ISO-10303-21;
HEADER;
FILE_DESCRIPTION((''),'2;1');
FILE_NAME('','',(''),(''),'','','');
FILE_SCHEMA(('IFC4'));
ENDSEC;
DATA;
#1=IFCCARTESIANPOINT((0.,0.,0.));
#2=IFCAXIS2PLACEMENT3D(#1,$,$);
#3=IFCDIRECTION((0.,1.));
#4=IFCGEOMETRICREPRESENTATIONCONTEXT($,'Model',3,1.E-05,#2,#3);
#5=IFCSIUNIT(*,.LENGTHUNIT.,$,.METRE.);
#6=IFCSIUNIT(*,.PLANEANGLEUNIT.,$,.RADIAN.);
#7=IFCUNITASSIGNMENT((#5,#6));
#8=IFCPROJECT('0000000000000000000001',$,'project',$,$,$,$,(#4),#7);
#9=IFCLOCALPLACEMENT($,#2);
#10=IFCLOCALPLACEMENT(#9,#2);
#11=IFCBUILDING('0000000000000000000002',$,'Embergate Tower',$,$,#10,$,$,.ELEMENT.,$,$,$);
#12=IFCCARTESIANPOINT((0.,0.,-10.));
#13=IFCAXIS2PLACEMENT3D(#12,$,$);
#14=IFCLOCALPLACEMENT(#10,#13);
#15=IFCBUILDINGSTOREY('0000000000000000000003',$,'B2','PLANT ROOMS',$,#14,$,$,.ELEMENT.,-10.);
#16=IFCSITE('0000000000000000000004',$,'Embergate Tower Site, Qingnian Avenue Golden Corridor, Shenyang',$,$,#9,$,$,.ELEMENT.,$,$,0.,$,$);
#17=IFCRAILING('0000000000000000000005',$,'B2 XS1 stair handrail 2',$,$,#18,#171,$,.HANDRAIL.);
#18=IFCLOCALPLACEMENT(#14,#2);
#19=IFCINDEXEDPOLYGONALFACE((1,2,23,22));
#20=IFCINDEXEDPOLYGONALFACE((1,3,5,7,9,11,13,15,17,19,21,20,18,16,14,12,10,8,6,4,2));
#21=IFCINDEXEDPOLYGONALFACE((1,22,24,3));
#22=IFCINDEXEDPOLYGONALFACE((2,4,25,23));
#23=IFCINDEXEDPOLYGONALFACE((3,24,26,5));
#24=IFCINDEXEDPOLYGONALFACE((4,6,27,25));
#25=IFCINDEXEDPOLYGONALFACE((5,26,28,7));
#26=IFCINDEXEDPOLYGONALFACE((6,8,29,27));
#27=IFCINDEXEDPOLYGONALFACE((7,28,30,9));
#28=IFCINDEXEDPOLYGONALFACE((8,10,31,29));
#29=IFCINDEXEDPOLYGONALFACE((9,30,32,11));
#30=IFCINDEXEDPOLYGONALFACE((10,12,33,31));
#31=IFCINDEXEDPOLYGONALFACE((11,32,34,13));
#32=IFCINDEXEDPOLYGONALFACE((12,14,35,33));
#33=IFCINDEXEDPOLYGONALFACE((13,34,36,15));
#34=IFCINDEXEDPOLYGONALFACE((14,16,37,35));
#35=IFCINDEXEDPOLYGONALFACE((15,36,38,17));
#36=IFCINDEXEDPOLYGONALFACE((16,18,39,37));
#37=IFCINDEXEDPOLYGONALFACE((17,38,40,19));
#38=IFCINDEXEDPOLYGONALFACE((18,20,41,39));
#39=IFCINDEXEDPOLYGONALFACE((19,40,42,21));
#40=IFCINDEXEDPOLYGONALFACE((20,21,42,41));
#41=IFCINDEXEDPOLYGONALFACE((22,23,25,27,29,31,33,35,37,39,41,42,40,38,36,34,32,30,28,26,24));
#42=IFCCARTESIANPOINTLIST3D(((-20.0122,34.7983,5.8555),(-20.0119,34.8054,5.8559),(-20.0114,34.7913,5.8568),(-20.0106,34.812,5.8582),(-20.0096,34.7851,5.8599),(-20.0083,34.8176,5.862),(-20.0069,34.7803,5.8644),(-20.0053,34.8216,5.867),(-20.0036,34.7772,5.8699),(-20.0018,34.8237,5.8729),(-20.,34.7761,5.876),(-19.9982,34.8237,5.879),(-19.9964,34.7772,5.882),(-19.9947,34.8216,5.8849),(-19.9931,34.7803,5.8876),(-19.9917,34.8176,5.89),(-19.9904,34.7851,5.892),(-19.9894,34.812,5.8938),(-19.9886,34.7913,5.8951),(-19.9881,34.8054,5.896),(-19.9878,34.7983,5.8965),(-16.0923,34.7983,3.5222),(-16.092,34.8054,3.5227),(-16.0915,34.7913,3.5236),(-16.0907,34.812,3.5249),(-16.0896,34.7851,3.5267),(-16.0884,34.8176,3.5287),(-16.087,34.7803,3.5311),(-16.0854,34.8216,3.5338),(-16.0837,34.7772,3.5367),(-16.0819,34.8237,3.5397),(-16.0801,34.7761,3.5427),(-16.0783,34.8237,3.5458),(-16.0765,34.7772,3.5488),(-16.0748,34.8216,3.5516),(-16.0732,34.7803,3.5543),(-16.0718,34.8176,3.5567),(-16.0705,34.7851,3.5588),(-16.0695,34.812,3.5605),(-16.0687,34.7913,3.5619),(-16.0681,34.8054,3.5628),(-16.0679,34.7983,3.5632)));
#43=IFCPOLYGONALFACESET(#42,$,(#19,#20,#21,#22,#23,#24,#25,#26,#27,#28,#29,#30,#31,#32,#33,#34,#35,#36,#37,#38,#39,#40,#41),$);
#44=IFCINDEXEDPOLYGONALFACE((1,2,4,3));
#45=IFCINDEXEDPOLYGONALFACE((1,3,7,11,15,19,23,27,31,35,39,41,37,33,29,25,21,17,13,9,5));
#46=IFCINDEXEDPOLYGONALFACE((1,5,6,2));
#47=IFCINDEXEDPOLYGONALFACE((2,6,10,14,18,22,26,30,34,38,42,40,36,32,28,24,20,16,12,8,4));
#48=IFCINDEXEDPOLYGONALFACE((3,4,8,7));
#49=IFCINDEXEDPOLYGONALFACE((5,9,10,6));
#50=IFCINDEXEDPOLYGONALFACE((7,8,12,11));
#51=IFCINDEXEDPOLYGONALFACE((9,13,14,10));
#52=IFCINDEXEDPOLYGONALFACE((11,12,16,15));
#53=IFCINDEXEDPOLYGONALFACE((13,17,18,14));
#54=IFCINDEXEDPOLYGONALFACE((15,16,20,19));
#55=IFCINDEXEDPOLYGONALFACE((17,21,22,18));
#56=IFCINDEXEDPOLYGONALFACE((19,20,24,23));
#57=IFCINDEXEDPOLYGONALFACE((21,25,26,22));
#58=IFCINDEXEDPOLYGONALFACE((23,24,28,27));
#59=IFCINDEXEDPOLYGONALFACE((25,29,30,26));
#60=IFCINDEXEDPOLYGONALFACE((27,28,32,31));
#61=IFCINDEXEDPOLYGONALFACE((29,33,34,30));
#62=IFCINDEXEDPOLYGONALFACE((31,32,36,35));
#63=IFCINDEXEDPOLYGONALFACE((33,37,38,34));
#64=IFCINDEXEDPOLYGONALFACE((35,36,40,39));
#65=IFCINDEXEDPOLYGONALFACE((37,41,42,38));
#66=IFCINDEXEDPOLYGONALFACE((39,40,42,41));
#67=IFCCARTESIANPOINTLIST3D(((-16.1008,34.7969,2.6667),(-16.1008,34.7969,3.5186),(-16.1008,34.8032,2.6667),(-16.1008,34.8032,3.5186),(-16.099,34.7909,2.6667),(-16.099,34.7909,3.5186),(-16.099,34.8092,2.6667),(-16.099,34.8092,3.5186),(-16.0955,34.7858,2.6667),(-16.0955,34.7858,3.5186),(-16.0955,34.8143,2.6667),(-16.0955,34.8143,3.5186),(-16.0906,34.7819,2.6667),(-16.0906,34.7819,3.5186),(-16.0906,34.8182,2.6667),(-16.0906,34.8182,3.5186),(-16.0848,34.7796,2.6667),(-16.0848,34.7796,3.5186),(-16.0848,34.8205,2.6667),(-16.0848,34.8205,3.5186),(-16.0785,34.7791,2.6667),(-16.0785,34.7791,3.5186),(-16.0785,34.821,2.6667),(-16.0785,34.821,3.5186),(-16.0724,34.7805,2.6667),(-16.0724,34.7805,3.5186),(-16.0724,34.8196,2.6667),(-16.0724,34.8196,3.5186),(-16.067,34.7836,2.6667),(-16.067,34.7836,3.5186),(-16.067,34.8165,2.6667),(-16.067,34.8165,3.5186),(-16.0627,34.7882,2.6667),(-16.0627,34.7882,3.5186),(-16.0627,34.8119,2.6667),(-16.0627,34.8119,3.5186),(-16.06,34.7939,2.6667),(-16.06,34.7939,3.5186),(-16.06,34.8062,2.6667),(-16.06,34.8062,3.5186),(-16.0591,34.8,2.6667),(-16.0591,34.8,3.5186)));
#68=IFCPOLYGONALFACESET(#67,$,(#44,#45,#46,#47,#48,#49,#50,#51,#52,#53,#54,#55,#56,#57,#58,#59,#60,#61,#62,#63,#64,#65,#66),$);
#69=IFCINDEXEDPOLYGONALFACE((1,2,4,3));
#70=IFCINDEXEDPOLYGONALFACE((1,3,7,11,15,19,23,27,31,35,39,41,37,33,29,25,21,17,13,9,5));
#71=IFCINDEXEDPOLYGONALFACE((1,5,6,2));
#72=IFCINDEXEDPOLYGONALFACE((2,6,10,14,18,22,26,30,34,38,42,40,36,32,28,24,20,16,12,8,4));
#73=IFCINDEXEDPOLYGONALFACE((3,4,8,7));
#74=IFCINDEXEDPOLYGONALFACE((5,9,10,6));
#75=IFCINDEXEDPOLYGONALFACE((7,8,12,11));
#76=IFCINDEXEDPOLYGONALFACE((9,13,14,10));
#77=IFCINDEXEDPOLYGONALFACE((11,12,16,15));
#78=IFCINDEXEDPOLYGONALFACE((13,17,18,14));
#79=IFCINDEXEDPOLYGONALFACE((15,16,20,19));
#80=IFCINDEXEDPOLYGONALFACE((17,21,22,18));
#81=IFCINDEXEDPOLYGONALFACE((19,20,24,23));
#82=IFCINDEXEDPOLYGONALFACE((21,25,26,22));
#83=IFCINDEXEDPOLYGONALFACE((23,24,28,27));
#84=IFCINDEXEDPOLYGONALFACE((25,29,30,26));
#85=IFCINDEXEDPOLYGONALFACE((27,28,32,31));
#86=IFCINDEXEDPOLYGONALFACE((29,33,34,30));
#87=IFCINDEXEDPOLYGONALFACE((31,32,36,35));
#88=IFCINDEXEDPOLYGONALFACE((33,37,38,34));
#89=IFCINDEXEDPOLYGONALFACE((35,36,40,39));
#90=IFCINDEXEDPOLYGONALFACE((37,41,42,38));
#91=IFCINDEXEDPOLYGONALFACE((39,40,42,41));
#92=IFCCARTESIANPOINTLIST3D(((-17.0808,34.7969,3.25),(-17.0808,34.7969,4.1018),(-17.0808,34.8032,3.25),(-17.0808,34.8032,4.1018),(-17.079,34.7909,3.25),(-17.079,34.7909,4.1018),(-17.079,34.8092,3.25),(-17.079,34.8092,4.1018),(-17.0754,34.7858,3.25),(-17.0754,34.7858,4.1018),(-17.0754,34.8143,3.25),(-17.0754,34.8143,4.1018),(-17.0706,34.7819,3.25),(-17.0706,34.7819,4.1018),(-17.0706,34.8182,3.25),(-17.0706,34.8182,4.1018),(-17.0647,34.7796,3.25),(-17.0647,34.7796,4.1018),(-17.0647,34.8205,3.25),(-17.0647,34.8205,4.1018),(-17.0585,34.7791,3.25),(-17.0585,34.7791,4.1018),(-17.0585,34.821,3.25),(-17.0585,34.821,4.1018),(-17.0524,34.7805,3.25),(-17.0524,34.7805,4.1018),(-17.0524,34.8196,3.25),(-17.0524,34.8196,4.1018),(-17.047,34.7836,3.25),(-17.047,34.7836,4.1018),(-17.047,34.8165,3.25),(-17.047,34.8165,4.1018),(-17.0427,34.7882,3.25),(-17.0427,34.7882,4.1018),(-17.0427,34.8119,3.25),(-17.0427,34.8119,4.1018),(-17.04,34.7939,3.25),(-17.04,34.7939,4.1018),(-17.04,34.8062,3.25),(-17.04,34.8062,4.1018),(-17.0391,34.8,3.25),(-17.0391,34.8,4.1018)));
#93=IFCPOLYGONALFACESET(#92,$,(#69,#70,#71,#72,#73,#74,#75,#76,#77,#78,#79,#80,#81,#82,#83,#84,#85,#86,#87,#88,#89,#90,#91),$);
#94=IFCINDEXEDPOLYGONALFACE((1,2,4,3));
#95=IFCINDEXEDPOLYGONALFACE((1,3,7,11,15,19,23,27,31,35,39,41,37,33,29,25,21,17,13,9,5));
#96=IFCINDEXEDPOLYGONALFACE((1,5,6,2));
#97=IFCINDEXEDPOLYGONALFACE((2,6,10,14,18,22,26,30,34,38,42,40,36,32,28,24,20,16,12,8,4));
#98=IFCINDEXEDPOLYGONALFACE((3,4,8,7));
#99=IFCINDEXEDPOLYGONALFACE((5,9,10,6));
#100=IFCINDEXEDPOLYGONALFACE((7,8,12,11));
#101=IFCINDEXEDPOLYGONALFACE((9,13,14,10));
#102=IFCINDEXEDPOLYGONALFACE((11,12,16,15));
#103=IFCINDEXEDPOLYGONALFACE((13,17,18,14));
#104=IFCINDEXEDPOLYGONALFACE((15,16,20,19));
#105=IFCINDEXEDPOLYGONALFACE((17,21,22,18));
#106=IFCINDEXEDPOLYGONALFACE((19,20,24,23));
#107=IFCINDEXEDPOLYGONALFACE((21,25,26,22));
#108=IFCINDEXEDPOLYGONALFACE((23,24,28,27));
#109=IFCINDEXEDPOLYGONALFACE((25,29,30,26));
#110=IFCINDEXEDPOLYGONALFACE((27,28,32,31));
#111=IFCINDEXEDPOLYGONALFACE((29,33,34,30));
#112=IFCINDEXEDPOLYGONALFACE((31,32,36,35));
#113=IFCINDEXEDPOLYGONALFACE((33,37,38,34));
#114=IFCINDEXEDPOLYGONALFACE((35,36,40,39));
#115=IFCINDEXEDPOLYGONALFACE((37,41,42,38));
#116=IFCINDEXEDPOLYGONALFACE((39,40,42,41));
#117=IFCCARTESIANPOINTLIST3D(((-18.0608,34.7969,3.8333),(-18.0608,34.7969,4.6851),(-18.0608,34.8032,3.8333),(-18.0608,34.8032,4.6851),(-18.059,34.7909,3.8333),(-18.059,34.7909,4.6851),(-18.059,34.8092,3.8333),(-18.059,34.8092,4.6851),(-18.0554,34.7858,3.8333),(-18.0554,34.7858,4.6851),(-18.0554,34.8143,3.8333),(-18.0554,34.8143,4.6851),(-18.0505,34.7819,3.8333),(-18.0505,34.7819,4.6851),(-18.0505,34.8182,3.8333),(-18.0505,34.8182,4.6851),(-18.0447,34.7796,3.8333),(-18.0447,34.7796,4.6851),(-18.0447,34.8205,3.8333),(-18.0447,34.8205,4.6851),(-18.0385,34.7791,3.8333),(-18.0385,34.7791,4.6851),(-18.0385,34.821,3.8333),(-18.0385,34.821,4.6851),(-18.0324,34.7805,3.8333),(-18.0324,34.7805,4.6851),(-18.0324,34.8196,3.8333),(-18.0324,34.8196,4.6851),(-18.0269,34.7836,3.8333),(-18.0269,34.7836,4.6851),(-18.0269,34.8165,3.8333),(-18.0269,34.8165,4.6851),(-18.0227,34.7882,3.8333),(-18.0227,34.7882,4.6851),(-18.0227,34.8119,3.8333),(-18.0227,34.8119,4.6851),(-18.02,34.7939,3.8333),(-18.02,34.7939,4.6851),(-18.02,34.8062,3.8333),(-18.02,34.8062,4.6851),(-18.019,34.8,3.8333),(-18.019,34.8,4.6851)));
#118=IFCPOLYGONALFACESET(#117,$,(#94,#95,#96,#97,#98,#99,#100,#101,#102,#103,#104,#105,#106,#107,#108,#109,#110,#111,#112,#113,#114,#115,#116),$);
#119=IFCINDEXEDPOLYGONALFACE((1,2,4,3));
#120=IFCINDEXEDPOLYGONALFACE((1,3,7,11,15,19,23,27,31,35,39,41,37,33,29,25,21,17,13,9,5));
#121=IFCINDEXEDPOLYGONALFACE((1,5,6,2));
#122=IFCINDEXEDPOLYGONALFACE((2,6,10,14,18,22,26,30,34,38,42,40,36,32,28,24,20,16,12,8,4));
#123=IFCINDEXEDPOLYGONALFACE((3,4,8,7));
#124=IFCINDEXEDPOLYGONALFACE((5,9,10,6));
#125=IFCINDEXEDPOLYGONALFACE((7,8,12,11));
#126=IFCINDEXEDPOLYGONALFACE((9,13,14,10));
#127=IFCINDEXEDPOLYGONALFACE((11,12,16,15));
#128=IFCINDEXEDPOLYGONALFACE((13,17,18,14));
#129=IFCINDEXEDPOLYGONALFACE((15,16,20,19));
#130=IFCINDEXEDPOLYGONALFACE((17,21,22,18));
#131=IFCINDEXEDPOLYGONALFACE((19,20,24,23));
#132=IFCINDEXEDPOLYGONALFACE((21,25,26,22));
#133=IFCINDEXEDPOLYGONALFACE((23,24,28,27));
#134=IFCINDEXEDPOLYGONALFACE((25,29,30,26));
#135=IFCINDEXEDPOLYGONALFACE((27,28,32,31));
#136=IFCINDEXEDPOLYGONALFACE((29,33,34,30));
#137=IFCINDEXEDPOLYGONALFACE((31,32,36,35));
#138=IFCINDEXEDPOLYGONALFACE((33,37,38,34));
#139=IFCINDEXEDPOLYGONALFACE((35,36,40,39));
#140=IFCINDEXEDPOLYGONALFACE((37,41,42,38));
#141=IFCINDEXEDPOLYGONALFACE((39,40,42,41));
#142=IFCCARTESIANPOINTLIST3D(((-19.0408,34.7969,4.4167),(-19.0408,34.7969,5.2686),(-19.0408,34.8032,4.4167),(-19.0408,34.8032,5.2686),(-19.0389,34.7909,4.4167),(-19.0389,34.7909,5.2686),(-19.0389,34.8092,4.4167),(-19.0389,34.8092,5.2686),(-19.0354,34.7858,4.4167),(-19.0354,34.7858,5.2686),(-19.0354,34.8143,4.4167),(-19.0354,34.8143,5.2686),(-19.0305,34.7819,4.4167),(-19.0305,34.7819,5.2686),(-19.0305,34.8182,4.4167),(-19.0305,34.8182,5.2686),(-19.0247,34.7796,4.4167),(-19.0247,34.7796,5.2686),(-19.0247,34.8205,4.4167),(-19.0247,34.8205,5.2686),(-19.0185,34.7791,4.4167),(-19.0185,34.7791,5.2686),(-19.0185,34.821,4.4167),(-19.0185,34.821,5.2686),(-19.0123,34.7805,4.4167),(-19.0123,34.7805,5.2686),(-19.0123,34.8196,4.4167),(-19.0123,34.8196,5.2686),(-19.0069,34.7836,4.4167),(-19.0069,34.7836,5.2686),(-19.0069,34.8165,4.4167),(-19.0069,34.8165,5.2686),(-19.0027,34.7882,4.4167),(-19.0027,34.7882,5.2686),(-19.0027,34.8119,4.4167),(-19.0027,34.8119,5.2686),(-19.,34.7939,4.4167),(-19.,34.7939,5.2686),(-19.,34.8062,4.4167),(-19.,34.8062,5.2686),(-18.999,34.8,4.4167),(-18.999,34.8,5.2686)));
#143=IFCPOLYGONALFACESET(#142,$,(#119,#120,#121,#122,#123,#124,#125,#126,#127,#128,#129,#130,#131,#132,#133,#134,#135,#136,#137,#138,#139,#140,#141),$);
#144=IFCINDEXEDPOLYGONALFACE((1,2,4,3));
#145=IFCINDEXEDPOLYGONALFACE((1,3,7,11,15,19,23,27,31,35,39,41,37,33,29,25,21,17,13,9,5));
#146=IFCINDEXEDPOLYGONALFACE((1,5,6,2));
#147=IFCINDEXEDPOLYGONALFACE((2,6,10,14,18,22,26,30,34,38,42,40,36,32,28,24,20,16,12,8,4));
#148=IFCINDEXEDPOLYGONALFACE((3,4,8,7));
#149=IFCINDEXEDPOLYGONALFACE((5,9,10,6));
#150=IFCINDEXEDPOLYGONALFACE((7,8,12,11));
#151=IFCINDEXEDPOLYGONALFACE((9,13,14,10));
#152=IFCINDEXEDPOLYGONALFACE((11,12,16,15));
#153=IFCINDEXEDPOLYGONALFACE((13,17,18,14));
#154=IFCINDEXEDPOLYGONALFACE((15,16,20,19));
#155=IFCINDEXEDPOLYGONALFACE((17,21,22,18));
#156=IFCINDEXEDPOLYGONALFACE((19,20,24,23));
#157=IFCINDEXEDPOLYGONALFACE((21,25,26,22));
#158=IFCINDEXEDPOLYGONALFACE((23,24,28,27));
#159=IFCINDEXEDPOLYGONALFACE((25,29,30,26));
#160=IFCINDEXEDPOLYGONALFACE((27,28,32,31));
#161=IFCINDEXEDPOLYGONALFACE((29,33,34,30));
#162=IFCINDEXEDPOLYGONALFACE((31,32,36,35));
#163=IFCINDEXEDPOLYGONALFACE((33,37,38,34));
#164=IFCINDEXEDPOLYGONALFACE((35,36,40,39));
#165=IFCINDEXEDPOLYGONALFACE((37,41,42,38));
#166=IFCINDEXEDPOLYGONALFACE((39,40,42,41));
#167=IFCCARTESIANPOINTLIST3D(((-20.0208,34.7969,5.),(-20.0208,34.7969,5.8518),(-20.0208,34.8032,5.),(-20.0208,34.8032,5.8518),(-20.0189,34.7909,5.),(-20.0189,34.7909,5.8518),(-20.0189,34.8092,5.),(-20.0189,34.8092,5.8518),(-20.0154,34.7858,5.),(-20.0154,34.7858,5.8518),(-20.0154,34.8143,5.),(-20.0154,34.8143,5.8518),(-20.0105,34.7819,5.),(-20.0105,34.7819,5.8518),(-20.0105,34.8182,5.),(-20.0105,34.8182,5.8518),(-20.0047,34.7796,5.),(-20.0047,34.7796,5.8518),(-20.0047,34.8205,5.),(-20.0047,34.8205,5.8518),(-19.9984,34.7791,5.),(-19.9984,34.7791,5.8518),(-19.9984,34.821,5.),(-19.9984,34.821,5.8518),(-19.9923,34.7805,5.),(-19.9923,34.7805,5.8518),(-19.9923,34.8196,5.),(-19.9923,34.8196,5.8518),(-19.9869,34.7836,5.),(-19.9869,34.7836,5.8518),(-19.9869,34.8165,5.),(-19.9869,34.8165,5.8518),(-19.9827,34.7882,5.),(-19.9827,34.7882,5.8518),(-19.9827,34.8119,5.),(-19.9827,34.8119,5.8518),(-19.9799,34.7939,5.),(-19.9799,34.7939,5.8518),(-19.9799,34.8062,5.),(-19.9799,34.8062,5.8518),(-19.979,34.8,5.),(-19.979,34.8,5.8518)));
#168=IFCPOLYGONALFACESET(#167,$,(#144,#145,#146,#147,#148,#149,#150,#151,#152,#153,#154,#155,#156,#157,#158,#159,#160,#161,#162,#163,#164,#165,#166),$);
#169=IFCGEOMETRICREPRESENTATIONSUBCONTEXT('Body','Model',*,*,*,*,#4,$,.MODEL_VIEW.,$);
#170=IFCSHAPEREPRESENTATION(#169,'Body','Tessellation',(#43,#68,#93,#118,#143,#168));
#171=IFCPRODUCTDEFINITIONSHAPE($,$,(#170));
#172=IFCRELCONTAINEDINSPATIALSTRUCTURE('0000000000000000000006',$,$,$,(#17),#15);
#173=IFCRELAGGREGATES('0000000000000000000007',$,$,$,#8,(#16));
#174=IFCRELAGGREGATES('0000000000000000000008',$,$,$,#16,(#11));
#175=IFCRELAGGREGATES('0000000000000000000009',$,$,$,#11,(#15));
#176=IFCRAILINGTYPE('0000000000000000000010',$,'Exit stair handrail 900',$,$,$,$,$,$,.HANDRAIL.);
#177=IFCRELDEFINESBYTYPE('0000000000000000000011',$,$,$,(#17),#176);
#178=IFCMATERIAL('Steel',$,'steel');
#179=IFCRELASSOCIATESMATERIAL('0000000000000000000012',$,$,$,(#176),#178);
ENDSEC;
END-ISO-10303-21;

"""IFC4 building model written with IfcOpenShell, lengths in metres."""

from ifc_helpers import new_model, si_unit, direction, frame, origin, origin_2d, place, context, subcontext, project, spatial, circle, extrude, source, transform, mapped, material, type_object, element, save


model = new_model("IFC4")

# Units and contexts
model_context = context("Model", 3, precision=1e-05, world=origin(), true_north=direction((0.0, 1.0)))
body_context = subcontext(model_context, "Body", "Model", "MODEL_VIEW")
ifc_project = project(units=[si_unit("LENGTHUNIT", "METRE"), si_unit("PLANEANGLEUNIT", "RADIAN")], contexts=[model_context])

# Site, building, storey
site_placement = place(None, origin())
site = spatial("IfcSite", under=ifc_project, at=site_placement, Name="Embergate Tower Site, Qingnian Avenue Golden Corridor, Shenyang", CompositionType="ELEMENT", RefElevation=0.0)
building_placement = place(site_placement, origin())
building = spatial("IfcBuilding", under=site, at=building_placement, Name="Embergate Tower", CompositionType="ELEMENT")
storey_placement = place(building_placement, frame((0.0, 0.0, -10.0)))
storey = spatial("IfcBuildingStorey", under=building, at=storey_placement, Name="B2", Description="PLANT ROOMS", CompositionType="ELEMENT", Elevation=-10.0)

# Railing
ifc_material_1 = material(Name="Steel", Category="steel")
railing_type_1 = type_object("IfcRailingType", Name="Exit stair handrail 900", PredefinedType="HANDRAIL", material=ifc_material_1)
shared_shape_1 = source(origin(), body_context, "Body", "SweptSolid", [
    extrude(circle(Radius=0.0239, at=origin_2d()), frame((0.0, 0.0, 0.876), z_axis=(-0.859296, 0.0, 0.511478), x_axis=(0.0, -1.0, 0.0)), (0.0, 0.0, 1.0), 4.5618),
    extrude(circle(Radius=0.021, at=origin_2d()), origin(), (0.0, 0.0, 1.0), 0.8518),
    extrude(circle(Radius=0.021, at=origin_2d()), frame((-0.98, 0.0, 0.5833)), (0.0, 0.0, 1.0), 0.8518),
    extrude(circle(Radius=0.021, at=origin_2d()), frame((-1.96, 0.0, 1.1665)), (0.0, 0.0, 1.0), 0.8518),
    extrude(circle(Radius=0.021, at=origin_2d()), frame((-2.9399, 0.0, 1.75)), (0.0, 0.0, 1.0), 0.8518),
    extrude(circle(Radius=0.021, at=origin_2d()), frame((-3.9199, 0.0, 2.3333)), (0.0, 0.0, 1.0), 0.8518),
])
railing_1_placement = place(storey_placement, frame((-16.0801, 34.8, 2.6667)))
element("IfcRailing", 1, at=railing_1_placement, inside=storey, type_object=railing_type_1, Name="B2 XS1 stair handrail 2", PredefinedType="HANDRAIL", context=body_context, shape_type="MappedRepresentation", body=[
    mapped(shared_shape_1, transform((0.0, 0.0, 0.0))),
])

save(model, "model.ifc")
